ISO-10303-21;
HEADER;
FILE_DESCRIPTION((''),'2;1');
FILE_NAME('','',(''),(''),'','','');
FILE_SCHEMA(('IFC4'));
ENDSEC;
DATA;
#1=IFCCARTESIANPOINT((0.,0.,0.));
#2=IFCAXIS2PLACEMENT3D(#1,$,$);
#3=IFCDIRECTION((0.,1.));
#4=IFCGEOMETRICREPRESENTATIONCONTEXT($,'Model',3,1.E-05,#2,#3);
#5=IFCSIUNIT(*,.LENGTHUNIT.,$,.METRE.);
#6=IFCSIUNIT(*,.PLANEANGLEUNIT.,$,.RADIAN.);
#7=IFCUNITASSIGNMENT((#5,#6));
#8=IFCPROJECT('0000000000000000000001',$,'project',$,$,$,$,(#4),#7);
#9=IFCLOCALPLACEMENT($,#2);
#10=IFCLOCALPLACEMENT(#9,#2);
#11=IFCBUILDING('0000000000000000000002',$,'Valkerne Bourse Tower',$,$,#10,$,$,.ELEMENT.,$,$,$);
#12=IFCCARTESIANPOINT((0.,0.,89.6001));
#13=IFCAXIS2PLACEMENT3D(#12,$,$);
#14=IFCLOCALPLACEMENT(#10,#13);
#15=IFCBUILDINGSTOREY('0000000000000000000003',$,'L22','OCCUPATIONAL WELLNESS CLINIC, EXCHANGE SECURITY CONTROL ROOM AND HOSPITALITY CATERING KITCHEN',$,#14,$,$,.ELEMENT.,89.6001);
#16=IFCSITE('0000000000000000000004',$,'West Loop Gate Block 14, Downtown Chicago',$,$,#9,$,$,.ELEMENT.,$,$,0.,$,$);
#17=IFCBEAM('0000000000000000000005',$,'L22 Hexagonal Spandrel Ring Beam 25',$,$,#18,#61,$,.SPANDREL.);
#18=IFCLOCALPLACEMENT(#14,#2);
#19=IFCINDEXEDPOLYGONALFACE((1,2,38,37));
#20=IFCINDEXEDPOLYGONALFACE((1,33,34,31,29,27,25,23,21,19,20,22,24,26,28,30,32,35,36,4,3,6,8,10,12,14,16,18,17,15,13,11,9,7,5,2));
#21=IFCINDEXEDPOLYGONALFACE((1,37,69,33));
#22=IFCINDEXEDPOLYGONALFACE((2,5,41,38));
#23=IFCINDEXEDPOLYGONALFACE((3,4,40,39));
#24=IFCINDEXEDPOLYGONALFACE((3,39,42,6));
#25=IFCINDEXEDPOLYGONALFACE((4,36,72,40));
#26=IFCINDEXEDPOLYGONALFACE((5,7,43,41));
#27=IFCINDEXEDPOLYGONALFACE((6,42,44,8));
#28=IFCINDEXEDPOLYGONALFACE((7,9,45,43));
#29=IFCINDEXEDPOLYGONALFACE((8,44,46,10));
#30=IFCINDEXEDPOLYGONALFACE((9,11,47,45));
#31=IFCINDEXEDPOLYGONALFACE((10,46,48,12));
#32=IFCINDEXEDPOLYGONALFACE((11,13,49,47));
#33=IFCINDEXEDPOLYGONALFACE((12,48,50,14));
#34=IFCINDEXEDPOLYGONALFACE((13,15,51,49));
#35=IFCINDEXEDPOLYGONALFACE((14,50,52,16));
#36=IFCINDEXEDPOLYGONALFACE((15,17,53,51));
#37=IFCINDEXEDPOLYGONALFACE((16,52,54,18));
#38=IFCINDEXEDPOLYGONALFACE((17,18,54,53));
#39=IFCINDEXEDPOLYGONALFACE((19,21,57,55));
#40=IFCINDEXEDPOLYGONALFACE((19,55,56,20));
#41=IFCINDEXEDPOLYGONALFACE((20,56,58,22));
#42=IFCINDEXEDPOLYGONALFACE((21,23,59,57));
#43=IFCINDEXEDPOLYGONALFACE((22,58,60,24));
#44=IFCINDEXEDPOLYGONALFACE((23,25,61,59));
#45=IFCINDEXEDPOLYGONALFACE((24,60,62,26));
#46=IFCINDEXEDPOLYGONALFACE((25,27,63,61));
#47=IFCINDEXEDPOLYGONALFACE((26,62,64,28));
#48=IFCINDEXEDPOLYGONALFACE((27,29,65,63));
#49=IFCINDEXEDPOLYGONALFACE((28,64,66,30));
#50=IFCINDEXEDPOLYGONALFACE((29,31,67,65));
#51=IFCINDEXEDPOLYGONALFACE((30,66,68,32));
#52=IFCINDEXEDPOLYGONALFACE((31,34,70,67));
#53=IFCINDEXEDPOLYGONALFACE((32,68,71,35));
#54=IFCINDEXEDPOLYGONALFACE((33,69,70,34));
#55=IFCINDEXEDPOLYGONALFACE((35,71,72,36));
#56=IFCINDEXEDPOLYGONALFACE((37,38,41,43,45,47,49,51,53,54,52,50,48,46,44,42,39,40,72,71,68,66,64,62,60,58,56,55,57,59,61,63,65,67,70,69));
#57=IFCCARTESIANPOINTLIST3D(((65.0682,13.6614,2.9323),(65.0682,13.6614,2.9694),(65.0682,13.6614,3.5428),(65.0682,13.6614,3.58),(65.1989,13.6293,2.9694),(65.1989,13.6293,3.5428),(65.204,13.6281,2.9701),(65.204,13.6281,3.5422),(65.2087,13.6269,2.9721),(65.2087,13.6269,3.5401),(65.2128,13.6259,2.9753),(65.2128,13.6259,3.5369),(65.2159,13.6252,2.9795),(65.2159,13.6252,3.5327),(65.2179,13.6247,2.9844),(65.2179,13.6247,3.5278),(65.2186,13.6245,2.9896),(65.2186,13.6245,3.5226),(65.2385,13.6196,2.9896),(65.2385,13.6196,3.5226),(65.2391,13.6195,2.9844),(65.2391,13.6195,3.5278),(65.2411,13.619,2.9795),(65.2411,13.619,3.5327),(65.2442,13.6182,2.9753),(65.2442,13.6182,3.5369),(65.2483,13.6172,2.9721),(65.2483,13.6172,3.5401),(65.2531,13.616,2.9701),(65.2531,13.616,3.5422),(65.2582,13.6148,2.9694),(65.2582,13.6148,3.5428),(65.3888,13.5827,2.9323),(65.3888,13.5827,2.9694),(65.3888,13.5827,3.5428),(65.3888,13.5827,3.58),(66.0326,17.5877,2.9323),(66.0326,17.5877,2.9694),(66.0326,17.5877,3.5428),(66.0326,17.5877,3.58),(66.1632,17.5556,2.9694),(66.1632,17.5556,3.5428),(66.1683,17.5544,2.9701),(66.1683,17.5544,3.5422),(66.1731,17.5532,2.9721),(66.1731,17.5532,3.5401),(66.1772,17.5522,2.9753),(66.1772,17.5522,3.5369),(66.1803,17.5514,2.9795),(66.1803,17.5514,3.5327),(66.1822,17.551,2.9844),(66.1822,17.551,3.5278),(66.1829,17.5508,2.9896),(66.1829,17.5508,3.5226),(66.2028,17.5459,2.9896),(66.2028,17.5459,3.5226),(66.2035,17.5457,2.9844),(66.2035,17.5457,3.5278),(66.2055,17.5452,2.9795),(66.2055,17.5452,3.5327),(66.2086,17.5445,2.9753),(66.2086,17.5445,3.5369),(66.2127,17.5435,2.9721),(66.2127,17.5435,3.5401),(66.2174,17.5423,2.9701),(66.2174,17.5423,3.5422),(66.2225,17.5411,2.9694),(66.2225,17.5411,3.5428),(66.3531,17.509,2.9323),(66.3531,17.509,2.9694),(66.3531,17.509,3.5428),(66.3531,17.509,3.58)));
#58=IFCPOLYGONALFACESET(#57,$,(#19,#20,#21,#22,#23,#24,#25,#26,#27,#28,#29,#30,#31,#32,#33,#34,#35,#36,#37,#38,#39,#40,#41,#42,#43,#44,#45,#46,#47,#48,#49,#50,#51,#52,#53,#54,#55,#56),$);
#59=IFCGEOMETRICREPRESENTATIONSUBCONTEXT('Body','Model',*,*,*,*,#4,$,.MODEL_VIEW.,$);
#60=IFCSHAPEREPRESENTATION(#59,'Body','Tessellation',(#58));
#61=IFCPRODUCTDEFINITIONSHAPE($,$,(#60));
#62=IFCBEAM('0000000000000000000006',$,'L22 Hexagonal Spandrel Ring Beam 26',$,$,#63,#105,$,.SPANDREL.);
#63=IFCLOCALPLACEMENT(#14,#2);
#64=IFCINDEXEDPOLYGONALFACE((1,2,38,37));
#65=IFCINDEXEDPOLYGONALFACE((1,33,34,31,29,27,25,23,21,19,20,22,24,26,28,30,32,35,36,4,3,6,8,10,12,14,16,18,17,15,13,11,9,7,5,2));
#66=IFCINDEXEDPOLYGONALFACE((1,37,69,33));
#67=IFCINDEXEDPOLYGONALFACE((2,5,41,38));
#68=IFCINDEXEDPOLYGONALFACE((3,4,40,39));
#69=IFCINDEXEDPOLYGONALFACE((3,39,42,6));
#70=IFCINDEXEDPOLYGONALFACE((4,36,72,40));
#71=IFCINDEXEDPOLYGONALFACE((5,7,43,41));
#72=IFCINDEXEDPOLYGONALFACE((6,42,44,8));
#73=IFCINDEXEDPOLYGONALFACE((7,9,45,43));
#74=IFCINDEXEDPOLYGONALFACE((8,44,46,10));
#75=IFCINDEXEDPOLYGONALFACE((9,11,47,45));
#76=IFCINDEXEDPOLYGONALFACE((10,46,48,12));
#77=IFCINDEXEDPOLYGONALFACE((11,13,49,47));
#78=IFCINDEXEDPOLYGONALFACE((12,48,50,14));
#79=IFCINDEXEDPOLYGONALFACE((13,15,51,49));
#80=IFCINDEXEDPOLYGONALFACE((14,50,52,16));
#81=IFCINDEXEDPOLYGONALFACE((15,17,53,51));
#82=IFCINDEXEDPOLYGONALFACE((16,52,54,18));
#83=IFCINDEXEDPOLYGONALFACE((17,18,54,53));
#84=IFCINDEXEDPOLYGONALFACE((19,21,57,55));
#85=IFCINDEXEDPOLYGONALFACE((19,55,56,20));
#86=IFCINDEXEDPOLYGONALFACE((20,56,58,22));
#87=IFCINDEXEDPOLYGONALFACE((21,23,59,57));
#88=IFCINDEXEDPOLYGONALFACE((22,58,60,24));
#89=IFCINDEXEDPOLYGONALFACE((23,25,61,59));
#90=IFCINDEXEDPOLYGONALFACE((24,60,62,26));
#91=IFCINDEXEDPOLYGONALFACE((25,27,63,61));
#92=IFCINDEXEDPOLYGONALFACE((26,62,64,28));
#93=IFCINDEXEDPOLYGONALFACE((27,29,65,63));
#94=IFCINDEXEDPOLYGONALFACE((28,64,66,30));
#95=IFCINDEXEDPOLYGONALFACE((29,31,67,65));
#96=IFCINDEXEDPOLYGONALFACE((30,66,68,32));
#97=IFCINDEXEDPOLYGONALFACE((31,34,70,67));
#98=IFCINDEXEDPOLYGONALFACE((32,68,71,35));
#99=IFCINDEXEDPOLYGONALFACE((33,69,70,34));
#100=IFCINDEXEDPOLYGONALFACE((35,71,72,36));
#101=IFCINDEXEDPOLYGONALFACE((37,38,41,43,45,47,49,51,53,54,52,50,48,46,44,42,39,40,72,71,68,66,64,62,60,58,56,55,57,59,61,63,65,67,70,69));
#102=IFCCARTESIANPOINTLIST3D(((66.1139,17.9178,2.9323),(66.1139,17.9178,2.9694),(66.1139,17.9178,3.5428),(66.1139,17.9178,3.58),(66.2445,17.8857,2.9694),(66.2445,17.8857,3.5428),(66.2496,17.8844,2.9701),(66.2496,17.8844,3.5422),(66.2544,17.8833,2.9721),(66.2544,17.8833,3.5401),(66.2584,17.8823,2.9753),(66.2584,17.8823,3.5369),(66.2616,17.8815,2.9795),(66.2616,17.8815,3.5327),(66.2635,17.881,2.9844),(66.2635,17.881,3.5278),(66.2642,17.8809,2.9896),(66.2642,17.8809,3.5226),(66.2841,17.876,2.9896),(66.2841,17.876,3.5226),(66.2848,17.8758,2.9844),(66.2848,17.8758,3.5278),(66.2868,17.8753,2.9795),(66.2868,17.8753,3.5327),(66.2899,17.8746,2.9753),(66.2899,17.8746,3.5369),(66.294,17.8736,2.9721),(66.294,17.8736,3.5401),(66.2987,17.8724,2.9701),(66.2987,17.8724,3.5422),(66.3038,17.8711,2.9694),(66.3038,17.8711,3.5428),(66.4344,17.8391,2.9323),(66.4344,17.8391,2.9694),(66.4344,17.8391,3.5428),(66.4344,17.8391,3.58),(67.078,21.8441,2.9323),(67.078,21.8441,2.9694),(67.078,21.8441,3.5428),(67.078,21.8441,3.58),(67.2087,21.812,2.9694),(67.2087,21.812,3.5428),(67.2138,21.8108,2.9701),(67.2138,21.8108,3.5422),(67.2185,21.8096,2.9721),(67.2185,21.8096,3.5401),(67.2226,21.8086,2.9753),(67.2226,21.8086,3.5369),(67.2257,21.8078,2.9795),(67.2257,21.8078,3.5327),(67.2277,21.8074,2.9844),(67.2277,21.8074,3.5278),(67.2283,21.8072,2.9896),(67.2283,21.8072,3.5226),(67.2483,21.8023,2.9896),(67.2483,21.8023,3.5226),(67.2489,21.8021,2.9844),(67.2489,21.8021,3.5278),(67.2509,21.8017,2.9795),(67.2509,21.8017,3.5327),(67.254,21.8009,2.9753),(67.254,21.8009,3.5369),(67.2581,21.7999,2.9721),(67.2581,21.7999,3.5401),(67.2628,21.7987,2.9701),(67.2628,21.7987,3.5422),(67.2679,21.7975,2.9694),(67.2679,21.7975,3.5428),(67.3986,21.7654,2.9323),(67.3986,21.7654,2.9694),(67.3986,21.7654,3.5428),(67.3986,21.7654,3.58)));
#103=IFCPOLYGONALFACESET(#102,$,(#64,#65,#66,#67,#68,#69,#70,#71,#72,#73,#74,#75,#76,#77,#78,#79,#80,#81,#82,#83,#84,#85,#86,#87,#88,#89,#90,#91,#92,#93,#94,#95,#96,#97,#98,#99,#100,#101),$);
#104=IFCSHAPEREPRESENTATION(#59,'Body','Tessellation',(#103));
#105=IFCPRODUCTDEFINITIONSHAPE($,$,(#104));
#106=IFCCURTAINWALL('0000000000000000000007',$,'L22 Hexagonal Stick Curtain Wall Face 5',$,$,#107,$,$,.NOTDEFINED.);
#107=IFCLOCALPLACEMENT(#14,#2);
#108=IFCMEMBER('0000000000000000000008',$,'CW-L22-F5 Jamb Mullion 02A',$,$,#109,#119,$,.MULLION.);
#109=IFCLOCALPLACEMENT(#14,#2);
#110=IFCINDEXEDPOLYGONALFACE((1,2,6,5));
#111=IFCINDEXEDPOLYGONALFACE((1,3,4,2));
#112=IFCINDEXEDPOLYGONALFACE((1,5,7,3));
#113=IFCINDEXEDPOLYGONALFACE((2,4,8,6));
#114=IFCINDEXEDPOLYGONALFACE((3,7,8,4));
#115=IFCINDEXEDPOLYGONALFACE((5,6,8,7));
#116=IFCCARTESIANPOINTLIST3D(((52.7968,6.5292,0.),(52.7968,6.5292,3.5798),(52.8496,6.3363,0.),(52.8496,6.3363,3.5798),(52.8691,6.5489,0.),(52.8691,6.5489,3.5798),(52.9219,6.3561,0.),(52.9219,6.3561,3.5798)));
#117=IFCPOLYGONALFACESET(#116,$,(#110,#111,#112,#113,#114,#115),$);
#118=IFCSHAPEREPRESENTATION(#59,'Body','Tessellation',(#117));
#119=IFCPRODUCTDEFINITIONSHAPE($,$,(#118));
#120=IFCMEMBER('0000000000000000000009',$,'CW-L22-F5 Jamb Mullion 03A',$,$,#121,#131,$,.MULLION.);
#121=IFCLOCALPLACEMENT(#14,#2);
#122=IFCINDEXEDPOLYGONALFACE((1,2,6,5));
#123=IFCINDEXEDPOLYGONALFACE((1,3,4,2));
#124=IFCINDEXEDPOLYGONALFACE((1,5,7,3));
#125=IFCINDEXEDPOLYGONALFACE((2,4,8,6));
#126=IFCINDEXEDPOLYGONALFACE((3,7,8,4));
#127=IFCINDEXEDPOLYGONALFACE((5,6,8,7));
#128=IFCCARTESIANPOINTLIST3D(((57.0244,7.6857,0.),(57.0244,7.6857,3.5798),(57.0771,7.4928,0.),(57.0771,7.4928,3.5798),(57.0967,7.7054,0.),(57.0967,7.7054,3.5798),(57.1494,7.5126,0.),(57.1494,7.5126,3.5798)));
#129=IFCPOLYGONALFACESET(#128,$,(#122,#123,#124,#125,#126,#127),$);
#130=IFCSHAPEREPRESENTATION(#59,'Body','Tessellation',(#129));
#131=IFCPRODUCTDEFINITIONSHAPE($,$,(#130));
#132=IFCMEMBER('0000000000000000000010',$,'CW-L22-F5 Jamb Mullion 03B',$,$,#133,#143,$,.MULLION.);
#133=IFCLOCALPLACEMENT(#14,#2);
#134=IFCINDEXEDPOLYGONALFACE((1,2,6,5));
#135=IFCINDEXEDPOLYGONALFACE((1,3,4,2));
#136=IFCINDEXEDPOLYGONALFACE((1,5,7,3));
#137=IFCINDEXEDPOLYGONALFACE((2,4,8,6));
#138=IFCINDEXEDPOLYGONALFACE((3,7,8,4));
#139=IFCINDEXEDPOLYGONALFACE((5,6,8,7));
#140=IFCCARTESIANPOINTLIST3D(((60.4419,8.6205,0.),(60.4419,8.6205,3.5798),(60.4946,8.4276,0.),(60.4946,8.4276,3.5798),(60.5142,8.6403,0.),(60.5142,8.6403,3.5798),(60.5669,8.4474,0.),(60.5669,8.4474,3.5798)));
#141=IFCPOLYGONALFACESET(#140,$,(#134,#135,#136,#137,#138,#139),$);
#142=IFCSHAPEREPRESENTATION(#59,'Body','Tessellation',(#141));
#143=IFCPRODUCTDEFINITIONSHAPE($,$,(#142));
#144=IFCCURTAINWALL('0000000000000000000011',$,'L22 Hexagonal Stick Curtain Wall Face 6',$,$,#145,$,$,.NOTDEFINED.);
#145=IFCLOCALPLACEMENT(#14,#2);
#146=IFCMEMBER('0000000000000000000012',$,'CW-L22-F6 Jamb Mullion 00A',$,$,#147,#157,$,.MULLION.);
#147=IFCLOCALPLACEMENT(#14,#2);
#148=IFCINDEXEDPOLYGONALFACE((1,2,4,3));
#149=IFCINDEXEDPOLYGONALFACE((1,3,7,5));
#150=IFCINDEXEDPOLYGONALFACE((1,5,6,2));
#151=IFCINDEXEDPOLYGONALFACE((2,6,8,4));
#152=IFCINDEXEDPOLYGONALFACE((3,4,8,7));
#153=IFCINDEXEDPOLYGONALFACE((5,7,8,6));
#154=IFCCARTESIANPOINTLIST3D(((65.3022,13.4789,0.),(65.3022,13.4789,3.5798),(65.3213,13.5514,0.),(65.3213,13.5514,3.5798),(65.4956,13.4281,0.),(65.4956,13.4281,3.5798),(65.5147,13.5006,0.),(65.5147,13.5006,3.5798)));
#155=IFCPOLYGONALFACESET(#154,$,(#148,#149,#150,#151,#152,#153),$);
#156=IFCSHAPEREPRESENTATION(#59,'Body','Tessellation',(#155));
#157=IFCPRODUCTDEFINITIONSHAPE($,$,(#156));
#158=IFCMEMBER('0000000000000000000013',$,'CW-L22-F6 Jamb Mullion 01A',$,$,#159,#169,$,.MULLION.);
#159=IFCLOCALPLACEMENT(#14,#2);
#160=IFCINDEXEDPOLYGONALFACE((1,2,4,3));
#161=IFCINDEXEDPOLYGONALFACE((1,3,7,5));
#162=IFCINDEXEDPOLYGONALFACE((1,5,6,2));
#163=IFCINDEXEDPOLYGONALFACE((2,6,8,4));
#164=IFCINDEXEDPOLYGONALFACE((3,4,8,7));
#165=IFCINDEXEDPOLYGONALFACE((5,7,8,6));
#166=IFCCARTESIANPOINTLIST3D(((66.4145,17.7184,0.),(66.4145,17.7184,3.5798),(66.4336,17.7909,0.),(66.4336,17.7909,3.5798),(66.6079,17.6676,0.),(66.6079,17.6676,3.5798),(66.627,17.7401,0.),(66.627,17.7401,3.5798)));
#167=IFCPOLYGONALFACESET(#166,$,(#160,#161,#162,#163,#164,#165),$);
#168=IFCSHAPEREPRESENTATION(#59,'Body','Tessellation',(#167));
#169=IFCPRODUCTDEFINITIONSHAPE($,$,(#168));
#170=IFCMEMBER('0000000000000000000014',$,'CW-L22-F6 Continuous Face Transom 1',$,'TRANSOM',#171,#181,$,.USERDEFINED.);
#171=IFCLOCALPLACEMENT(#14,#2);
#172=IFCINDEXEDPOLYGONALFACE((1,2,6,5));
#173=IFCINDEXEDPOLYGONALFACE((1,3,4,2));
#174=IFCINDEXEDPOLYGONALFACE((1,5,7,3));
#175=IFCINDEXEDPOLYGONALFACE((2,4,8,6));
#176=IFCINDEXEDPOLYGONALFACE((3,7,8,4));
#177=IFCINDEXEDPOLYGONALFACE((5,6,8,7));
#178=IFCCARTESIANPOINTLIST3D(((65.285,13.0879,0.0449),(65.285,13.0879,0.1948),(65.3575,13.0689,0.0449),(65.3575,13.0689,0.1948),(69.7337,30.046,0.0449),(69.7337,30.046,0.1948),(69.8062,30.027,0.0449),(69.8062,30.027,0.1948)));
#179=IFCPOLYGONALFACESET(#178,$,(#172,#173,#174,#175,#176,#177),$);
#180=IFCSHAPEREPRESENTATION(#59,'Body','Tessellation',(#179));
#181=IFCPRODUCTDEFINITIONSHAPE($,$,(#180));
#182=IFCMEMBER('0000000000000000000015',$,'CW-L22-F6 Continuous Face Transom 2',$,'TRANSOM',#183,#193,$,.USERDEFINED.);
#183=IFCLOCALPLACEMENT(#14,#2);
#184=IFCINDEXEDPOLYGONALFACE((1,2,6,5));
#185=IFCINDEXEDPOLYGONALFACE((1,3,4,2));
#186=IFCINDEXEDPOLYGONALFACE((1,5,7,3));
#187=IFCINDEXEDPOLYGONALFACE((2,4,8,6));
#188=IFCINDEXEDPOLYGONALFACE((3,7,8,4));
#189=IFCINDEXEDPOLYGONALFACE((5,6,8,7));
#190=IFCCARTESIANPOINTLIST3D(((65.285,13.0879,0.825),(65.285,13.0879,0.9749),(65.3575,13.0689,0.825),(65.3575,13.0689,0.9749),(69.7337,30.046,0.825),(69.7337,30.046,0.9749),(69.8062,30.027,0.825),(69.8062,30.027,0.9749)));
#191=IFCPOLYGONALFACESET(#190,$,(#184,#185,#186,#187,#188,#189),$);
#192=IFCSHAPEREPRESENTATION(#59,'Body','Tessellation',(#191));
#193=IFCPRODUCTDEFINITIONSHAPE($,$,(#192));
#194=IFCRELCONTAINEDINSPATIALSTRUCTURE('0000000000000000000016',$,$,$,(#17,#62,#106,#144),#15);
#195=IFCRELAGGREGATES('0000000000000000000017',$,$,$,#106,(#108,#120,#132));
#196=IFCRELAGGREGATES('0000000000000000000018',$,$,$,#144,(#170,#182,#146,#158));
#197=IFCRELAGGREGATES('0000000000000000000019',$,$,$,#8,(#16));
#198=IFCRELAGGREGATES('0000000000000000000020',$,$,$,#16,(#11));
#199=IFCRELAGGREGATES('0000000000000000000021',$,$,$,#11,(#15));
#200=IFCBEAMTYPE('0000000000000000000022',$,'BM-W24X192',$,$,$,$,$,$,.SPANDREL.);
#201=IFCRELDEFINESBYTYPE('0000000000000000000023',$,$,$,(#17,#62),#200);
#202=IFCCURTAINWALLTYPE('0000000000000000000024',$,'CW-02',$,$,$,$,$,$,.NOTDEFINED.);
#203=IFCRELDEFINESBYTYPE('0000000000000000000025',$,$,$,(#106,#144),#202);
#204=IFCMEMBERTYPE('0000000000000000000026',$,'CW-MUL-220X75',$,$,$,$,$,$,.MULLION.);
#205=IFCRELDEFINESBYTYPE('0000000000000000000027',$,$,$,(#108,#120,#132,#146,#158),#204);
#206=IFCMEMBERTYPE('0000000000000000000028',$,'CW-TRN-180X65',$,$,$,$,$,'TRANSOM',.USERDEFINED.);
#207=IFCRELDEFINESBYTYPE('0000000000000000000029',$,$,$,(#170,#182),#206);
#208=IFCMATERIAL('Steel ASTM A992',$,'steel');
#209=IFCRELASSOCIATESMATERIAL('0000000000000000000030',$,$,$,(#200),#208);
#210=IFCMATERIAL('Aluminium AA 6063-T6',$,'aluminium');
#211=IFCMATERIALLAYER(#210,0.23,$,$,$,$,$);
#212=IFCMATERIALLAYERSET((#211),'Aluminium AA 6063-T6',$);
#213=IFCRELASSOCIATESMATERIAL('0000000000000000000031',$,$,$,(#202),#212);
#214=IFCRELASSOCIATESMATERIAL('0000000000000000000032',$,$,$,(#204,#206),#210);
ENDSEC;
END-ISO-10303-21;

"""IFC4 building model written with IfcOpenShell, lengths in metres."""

from ifc_helpers import new_model, si_unit, direction, frame, origin, origin_2d, place, context, subcontext, project, spatial, rectangle, i_section, extrude, material, layer, layer_set, material_profile, profile_set, type_object, element, aggregate, save


model = new_model("IFC4")

# Units and contexts
model_context = context("Model", 3, precision=1e-05, world=origin(), true_north=direction((0.0, 1.0)))
body_context = subcontext(model_context, "Body", "Model", "MODEL_VIEW")
ifc_project = project(units=[si_unit("LENGTHUNIT", "METRE"), si_unit("PLANEANGLEUNIT", "RADIAN")], contexts=[model_context])

# Site, building, storey
site_placement = place(None, origin())
site = spatial("IfcSite", under=ifc_project, at=site_placement, Name="West Loop Gate Block 14, Downtown Chicago", CompositionType="ELEMENT", RefElevation=0.0)
building_placement = place(site_placement, origin())
building = spatial("IfcBuilding", under=site, at=building_placement, Name="Valkerne Bourse Tower", CompositionType="ELEMENT")
storey_placement = place(building_placement, frame((0.0, 0.0, 89.6001)))
storey = spatial("IfcBuildingStorey", under=building, at=storey_placement, Name="L22", Description="OCCUPATIONAL WELLNESS CLINIC, EXCHANGE SECURITY CONTROL ROOM AND HOSPITALITY CATERING KITCHEN", CompositionType="ELEMENT", Elevation=89.6001)

# Beams
ifc_material_1 = material(Name="Steel ASTM A992", Category="steel")
ifc_material_profile_1 = material_profile(ifc_material_1, i_section(OverallWidth=0.3301, OverallDepth=0.6477, WebThickness=0.0205, FlangeThickness=0.0371, FilletRadius=0.0203, at=origin_2d()), Name="W24X192")
ifc_profile_set_1 = profile_set([ifc_material_profile_1], Name="Steel ASTM A992")
beam_type = type_object("IfcBeamType", Name="BM-W24X192", PredefinedType="SPANDREL", material=ifc_profile_set_1)
for number, where, z_axis, x_axis, name in (
    (1, (65.2285, 13.6221, 3.2561), (0.238527, 0.971136, 0.0), (-0.971136, 0.238527, 0.0), "L22 Hexagonal Spandrel Ring Beam 25"),
    (2, (66.2742, 17.8784, 3.2561), (0.23847, 0.97115, 0.0), (-0.97115, 0.23847, 0.0), "L22 Hexagonal Spandrel Ring Beam 26"),
):
    element("IfcBeam", number, at=place(storey_placement, frame(where, z_axis=z_axis, x_axis=x_axis)), inside=storey, type_object=beam_type, Name=name, PredefinedType="SPANDREL", context=body_context, shape_type="SweptSolid", body=[
        extrude(i_section(OverallWidth=0.3301, OverallDepth=0.6477, WebThickness=0.0205, FlangeThickness=0.0371, FilletRadius=0.0203, at=origin_2d()), origin(), (0.0, 0.0, 1.0), 4.043),
    ])

# Curtain walls, members
ifc_material_2 = material(Name="Aluminium AA 6063-T6", Category="aluminium")
ifc_layer_1 = layer(ifc_material_2, 0.23)
ifc_layer_set_1 = layer_set([ifc_layer_1], Name="Aluminium AA 6063-T6")
curtain_wall_type = type_object("IfcCurtainWallType", Name="CW-02", PredefinedType="NOTDEFINED", material=ifc_layer_set_1)
curtain_wall_1_placement = place(storey_placement, origin())
curtain_wall_1 = element("IfcCurtainWall", 3, at=curtain_wall_1_placement, inside=storey, type_object=curtain_wall_type, Name="L22 Hexagonal Stick Curtain Wall Face 5", PredefinedType="NOTDEFINED")
ifc_material_profile_2 = material_profile(ifc_material_2, rectangle(XDim=0.075, YDim=0.2, at=origin_2d()), Name="CWM-75X200")
ifc_profile_set_2 = profile_set([ifc_material_profile_2], Name="Aluminium AA 6063-T6")
member_type_1 = type_object("IfcMemberType", Name="CW-MUL-220X75", PredefinedType="MULLION", material=ifc_profile_set_2)
member_1_placement = place(storey_placement, frame((52.8594, 6.4426, 0.0), z_axis=(0.0, 0.0, 1.0), x_axis=(0.96456, 0.263864, 0.0)))
member_1 = element("IfcMember", 4, at=member_1_placement, type_object=member_type_1, Name="CW-L22-F5 Jamb Mullion 02A", PredefinedType="MULLION", context=body_context, shape_type="SweptSolid", body=[
    extrude(rectangle(XDim=0.075, YDim=0.2, at=origin_2d()), origin(), (0.0, 0.0, 1.0), 3.5798),
])
member_2_placement = place(storey_placement, frame((57.0869, 7.5991, 0.0), z_axis=(0.0, 0.0, 1.0), x_axis=(0.964556, 0.26388, 0.0)))
member_2 = element("IfcMember", 5, at=member_2_placement, type_object=member_type_1, Name="CW-L22-F5 Jamb Mullion 03A", PredefinedType="MULLION", context=body_context, shape_type="SweptSolid", body=[
    extrude(rectangle(XDim=0.075, YDim=0.2, at=origin_2d()), origin(), (0.0, 0.0, 1.0), 3.5798),
])
member_3_placement = place(storey_placement, frame((60.5044, 8.5339, 0.0), z_axis=(0.0, 0.0, 1.0), x_axis=(0.964556, 0.26388, 0.0)))
member_3 = element("IfcMember", 6, at=member_3_placement, type_object=member_type_1, Name="CW-L22-F5 Jamb Mullion 03B", PredefinedType="MULLION", context=body_context, shape_type="SweptSolid", body=[
    extrude(rectangle(XDim=0.075, YDim=0.2, at=origin_2d()), origin(), (0.0, 0.0, 1.0), 3.5798),
])
curtain_wall_2_placement = place(storey_placement, origin())
curtain_wall_2 = element("IfcCurtainWall", 7, at=curtain_wall_2_placement, inside=storey, type_object=curtain_wall_type, Name="L22 Hexagonal Stick Curtain Wall Face 6", PredefinedType="NOTDEFINED")
member_4_placement = place(storey_placement, frame((65.4084, 13.4897, 0.0), z_axis=(0.0, 0.0, 1.0), x_axis=(0.253755, 0.967268, 0.0)))
member_4 = element("IfcMember", 8, at=member_4_placement, type_object=member_type_1, Name="CW-L22-F6 Jamb Mullion 00A", PredefinedType="MULLION", context=body_context, shape_type="SweptSolid", body=[
    extrude(rectangle(XDim=0.075, YDim=0.2, at=origin_2d()), origin(), (0.0, 0.0, 1.0), 3.5798),
])
member_5_placement = place(storey_placement, frame((66.5208, 17.7292, 0.0), z_axis=(0.0, 0.0, 1.0), x_axis=(0.253777, 0.967263, 0.0)))
member_5 = element("IfcMember", 9, at=member_5_placement, type_object=member_type_1, Name="CW-L22-F6 Jamb Mullion 01A", PredefinedType="MULLION", context=body_context, shape_type="SweptSolid", body=[
    extrude(rectangle(XDim=0.075, YDim=0.2, at=origin_2d()), origin(), (0.0, 0.0, 1.0), 3.5798),
])
ifc_material_profile_3 = material_profile(ifc_material_2, rectangle(XDim=0.075, YDim=0.1499, at=origin_2d()), Name="CWT-75X150")
ifc_profile_set_3 = profile_set([ifc_material_profile_3], Name="Aluminium AA 6063-T6")
member_type_2 = type_object("IfcMemberType", Name="CW-TRN-180X65", ElementType="TRANSOM", PredefinedType="USERDEFINED", material=ifc_profile_set_3)
member_6_placement = place(storey_placement, frame((65.3213, 13.0784, 0.1199), z_axis=(0.253748, 0.96727, 0.0), x_axis=(-0.96727, 0.253748, 0.0)))
member_6 = element("IfcMember", 10, at=member_6_placement, type_object=member_type_2, Name="CW-L22-F6 Continuous Face Transom 1", ObjectType="TRANSOM", PredefinedType="USERDEFINED", context=body_context, shape_type="SweptSolid", body=[
    extrude(rectangle(XDim=0.075, YDim=0.1499, at=origin_2d()), origin(), (0.0, 0.0, 1.0), 17.532),
])
member_7_placement = place(storey_placement, frame((65.3213, 13.0784, 0.8999), z_axis=(0.253748, 0.96727, 0.0), x_axis=(-0.96727, 0.253748, 0.0)))
member_7 = element("IfcMember", 11, at=member_7_placement, type_object=member_type_2, Name="CW-L22-F6 Continuous Face Transom 2", ObjectType="TRANSOM", PredefinedType="USERDEFINED", context=body_context, shape_type="SweptSolid", body=[
    extrude(rectangle(XDim=0.075, YDim=0.1499, at=origin_2d()), origin(), (0.0, 0.0, 1.0), 17.532),
])

aggregate(curtain_wall_1, [member_1, member_2, member_3])
aggregate(curtain_wall_2, [member_6, member_7, member_4, member_5])

save(model, "model.ifc")
